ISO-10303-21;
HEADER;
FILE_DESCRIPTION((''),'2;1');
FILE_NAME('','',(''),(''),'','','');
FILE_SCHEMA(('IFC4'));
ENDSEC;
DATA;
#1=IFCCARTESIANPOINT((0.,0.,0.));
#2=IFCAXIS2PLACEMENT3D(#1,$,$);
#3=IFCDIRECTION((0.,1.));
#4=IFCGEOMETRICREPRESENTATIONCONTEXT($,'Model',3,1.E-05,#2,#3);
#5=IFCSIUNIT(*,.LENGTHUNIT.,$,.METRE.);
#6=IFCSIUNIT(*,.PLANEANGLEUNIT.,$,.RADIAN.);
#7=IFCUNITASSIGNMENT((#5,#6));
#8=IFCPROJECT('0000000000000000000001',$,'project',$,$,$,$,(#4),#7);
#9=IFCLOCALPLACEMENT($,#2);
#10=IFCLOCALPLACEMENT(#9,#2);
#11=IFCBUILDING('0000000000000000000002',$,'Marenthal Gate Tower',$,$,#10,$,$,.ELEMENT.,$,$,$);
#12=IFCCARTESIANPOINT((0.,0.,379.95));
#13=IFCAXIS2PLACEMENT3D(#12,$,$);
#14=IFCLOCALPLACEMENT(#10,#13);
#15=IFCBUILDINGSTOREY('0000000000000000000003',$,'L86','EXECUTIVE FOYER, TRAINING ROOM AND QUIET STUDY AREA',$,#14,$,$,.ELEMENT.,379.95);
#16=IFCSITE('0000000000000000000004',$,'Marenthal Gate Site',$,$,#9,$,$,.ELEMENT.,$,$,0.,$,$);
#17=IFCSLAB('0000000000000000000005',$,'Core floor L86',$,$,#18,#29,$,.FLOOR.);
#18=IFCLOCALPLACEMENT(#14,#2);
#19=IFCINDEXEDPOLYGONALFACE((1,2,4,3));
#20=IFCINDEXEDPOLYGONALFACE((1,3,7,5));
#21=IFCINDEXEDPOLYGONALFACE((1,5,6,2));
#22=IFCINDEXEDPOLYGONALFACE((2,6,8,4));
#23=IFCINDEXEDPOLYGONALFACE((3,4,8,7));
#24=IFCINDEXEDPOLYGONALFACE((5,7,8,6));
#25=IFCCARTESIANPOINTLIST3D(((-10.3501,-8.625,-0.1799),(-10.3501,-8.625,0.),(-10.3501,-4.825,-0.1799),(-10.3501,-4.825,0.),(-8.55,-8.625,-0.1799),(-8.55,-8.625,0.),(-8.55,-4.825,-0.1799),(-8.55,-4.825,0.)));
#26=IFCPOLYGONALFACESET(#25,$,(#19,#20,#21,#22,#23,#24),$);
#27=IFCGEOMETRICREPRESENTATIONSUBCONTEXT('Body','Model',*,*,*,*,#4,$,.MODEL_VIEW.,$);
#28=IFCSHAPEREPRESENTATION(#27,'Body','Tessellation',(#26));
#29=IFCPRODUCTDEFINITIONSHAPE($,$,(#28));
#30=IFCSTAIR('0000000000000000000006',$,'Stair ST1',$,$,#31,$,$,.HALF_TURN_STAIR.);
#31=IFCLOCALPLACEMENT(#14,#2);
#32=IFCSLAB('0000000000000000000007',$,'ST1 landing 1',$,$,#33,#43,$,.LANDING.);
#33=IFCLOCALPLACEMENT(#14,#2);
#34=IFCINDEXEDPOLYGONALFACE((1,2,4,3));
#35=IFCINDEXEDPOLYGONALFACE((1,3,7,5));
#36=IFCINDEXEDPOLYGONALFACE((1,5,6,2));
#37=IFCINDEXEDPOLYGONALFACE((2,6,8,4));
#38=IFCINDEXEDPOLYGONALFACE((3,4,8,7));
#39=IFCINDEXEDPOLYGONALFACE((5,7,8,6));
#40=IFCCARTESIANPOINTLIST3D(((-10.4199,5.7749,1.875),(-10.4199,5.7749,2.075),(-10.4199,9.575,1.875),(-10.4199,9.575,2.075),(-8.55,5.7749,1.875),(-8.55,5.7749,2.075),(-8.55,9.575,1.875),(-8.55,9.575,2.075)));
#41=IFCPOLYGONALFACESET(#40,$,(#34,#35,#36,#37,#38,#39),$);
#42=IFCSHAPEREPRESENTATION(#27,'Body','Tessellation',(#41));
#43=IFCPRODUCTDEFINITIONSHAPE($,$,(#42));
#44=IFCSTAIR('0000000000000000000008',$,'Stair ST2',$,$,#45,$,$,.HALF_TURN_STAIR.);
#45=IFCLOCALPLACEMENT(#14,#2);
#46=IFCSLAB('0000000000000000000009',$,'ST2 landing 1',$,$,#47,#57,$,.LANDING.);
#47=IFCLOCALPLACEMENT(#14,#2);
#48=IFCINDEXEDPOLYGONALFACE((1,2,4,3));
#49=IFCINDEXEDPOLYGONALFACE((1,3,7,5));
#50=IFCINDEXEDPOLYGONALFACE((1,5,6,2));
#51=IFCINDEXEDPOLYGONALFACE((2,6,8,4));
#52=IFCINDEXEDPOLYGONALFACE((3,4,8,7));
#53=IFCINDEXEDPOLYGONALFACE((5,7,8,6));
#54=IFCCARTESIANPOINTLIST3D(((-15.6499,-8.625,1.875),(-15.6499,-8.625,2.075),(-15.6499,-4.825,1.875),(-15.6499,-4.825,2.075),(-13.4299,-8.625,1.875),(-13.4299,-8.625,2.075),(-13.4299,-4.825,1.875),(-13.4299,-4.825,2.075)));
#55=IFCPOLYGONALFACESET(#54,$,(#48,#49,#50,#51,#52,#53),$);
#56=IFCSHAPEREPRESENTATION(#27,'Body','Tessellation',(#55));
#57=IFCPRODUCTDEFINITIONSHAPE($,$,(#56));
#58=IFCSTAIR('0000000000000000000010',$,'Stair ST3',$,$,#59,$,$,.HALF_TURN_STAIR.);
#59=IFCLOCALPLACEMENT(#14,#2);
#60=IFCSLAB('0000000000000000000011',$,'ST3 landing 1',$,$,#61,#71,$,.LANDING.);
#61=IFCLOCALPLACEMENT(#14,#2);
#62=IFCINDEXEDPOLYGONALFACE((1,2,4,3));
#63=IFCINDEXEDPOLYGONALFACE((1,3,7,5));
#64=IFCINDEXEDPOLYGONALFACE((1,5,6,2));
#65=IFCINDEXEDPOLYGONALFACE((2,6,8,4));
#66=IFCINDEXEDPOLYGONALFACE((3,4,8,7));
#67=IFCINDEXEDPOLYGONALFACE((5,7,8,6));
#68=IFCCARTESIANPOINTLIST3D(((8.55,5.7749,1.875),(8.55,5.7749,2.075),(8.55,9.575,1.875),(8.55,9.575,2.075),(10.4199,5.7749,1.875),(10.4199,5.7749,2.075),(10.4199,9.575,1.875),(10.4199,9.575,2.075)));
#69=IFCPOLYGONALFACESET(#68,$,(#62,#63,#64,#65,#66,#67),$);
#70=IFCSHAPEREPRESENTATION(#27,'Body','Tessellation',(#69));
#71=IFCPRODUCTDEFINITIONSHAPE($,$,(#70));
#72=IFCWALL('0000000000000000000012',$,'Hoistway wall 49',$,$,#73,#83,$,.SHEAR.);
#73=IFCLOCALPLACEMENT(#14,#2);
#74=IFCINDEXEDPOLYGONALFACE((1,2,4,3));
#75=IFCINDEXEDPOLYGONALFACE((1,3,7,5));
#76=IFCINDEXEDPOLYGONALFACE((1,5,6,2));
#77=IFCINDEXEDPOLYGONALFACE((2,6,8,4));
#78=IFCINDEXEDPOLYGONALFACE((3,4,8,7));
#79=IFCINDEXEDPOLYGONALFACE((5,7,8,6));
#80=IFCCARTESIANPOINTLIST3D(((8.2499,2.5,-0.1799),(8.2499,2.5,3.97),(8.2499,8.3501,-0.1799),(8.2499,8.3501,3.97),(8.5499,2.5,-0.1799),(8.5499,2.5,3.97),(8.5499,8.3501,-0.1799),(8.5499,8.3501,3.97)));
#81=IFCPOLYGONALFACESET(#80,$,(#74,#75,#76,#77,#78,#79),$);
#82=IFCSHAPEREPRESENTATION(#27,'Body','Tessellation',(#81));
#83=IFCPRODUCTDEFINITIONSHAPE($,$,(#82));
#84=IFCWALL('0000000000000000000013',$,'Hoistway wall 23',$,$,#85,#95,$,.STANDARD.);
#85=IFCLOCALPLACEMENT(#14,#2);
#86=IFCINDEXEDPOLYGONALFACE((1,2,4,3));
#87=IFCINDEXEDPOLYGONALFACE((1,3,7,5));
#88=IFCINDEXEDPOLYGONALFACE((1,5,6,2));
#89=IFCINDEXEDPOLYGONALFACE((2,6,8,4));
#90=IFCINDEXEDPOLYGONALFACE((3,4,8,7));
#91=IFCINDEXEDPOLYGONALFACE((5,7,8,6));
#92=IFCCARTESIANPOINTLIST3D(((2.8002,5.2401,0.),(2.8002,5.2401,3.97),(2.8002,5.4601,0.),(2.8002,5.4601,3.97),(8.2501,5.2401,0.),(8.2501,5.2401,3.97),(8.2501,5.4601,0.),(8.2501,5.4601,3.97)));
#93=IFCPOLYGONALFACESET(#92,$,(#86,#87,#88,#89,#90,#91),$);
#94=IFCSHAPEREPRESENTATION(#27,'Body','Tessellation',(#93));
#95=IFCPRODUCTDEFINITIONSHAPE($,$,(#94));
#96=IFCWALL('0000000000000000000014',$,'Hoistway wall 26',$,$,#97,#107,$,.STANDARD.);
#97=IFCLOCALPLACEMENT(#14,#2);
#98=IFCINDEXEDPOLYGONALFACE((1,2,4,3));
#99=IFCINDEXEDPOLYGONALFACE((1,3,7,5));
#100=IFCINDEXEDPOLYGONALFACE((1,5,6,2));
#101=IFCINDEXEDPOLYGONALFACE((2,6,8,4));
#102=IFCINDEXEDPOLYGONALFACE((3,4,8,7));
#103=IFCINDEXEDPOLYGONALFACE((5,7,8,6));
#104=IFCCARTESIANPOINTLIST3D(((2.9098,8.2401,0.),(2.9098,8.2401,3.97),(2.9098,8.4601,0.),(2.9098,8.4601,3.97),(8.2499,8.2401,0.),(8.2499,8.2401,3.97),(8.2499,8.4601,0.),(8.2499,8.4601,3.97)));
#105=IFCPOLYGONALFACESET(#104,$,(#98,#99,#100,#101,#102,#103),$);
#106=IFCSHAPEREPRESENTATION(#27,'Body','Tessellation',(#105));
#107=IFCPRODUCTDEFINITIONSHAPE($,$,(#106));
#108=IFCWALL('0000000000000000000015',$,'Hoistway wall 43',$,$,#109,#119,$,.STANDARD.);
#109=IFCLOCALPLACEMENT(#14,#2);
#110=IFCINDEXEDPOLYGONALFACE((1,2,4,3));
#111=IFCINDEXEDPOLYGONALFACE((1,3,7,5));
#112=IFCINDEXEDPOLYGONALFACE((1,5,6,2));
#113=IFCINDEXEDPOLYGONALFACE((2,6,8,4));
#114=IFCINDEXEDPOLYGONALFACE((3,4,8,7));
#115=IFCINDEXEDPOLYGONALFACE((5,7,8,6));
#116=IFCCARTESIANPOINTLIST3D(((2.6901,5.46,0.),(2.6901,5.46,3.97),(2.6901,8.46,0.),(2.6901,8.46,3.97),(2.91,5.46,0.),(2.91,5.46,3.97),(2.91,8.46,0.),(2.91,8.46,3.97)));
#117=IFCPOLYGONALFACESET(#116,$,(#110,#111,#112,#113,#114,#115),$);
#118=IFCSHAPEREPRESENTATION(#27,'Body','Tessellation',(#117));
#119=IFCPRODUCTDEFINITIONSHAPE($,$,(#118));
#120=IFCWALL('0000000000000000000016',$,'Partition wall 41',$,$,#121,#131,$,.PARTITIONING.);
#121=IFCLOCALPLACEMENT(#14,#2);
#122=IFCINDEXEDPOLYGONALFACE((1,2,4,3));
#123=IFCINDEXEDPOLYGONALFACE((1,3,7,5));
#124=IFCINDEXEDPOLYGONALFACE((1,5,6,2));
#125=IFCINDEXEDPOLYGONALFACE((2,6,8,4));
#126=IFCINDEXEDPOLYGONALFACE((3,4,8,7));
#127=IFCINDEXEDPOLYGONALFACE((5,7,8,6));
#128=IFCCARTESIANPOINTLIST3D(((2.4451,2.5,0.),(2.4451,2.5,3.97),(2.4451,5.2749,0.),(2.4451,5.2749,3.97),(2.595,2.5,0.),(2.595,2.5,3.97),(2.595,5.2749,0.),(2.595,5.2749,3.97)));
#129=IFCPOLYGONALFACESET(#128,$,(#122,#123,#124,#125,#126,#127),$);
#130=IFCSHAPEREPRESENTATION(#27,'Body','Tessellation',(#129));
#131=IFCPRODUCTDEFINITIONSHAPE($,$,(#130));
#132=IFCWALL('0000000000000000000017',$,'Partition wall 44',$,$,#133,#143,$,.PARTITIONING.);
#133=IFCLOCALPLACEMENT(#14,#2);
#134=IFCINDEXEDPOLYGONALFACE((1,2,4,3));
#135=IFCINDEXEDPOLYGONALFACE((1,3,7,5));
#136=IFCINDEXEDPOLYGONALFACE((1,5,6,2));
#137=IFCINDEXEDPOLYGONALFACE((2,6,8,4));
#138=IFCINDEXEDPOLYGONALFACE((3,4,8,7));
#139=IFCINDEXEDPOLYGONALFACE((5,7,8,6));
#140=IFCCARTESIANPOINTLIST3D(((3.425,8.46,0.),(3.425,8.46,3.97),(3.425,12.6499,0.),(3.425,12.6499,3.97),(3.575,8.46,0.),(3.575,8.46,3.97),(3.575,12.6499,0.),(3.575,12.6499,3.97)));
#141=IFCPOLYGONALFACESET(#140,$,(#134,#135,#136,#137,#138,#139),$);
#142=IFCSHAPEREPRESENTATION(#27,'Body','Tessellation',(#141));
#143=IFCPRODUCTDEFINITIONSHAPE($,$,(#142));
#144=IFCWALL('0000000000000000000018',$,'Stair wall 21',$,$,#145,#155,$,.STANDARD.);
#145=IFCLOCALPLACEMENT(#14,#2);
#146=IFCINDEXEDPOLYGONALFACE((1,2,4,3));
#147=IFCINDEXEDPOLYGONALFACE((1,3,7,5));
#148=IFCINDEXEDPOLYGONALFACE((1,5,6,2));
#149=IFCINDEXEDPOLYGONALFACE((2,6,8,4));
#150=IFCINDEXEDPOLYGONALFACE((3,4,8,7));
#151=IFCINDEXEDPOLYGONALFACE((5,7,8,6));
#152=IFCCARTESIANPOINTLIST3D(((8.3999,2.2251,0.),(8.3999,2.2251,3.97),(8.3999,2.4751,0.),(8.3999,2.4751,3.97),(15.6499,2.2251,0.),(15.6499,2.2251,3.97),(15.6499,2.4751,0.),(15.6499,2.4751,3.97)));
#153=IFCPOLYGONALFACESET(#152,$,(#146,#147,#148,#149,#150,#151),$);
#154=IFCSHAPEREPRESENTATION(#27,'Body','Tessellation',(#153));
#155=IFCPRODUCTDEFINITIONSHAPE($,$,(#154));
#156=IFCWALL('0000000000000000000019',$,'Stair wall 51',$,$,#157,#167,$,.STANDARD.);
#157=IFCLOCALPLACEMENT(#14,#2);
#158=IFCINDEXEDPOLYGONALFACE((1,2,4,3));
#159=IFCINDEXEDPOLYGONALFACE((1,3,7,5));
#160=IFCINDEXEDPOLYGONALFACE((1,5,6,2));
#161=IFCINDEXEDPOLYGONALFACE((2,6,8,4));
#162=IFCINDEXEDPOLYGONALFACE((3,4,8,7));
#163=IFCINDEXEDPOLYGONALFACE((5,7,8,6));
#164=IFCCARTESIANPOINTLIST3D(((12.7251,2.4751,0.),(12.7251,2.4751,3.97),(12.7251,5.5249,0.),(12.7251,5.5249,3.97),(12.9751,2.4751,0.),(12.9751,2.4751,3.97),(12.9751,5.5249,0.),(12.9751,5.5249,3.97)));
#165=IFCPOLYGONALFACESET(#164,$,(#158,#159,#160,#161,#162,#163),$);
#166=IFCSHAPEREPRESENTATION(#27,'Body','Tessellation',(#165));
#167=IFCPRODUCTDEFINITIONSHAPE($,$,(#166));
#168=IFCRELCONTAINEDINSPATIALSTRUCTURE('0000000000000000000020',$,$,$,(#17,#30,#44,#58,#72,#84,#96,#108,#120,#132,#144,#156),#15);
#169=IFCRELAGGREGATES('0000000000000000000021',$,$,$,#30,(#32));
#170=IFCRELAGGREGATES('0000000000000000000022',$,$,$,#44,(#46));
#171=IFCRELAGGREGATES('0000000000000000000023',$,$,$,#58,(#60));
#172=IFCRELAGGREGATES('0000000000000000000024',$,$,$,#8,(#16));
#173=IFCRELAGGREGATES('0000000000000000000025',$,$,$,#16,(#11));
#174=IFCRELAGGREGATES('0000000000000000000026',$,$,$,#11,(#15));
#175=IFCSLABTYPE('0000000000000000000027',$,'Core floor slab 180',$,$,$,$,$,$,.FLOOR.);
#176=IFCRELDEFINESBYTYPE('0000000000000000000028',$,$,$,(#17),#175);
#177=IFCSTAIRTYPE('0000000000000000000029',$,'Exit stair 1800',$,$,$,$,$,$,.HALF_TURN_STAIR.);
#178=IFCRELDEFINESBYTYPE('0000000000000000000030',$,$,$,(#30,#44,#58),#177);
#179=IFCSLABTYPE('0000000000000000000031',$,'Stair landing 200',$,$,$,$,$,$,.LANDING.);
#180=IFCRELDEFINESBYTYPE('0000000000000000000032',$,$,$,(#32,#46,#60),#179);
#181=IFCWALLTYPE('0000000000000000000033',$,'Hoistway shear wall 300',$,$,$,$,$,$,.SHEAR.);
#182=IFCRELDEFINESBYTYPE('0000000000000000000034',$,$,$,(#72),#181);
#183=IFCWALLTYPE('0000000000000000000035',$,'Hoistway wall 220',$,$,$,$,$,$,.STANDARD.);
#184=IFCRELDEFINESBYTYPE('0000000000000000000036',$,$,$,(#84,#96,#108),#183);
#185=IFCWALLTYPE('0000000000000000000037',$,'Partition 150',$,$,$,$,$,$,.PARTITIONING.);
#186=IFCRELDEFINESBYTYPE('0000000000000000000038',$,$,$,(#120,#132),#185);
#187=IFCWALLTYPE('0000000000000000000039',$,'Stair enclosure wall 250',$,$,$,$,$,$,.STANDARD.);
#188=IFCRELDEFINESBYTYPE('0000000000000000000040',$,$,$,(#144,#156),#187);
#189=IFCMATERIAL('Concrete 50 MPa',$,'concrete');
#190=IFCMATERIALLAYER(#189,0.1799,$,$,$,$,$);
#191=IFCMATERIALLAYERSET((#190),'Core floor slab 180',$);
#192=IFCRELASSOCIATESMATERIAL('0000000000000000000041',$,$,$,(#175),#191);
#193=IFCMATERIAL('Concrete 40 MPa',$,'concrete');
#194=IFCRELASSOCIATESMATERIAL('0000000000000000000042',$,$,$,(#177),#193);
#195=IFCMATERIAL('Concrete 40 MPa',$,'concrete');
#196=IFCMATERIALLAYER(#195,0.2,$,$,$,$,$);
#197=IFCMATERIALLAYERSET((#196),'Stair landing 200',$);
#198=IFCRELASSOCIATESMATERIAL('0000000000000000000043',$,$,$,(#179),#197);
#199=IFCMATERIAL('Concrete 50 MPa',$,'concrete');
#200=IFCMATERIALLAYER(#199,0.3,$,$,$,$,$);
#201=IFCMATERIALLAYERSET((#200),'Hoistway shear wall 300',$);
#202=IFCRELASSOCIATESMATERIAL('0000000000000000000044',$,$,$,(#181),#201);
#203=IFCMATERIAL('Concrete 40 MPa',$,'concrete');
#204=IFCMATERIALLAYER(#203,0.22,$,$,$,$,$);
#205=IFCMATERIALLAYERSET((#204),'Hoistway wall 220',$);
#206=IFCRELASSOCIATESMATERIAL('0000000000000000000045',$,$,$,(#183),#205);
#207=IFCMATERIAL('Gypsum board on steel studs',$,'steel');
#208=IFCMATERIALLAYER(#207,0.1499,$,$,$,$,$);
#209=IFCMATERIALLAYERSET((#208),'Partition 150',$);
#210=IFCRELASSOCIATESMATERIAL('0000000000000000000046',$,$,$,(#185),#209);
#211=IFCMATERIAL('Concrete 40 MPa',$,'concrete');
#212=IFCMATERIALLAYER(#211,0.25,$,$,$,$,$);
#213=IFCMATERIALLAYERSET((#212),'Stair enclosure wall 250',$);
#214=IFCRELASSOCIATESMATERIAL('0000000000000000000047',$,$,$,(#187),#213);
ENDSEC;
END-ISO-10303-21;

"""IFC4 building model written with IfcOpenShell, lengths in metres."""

from ifc_helpers import new_model, si_unit, direction, frame, frame_2d, origin, place, context, subcontext, project, spatial, polyline, rectangle, outline, extrude, material, layer, layer_set, type_object, element, aggregate, save


model = new_model("IFC4")

# Units and contexts
model_context = context("Model", 3, precision=1e-05, world=origin(), true_north=direction((0.0, 1.0)))
body_context = subcontext(model_context, "Body", "Model", "MODEL_VIEW")
ifc_project = project(units=[si_unit("LENGTHUNIT", "METRE"), si_unit("PLANEANGLEUNIT", "RADIAN")], contexts=[model_context])

# Site, building, storey
site_placement = place(None, origin())
site = spatial("IfcSite", under=ifc_project, at=site_placement, Name="Marenthal Gate Site", CompositionType="ELEMENT", RefElevation=0.0)
building_placement = place(site_placement, origin())
building = spatial("IfcBuilding", under=site, at=building_placement, Name="Marenthal Gate Tower", CompositionType="ELEMENT")
storey_placement = place(building_placement, frame((0.0, 0.0, 379.95)))
storey = spatial("IfcBuildingStorey", under=building, at=storey_placement, Name="L86", Description="EXECUTIVE FOYER, TRAINING ROOM AND QUIET STUDY AREA", CompositionType="ELEMENT", Elevation=379.95)

# Slab
ifc_material_1 = material(Name="Concrete 50 MPa", Category="concrete")
ifc_layer_1 = layer(ifc_material_1, 0.1799)
ifc_layer_set_1 = layer_set([ifc_layer_1], Name="Core floor slab 180")
slab_type_1 = type_object("IfcSlabType", Name="Core floor slab 180", PredefinedType="FLOOR", material=ifc_layer_set_1)
slab_1_placement = place(storey_placement, frame((0.0, 0.0, -0.1799)))
element("IfcSlab", 1, at=slab_1_placement, inside=storey, type_object=slab_type_1, Name="Core floor L86", PredefinedType="FLOOR", context=body_context, shape_type="SweptSolid", body=[
    extrude(outline(polyline([(-8.55, -4.825), (-8.55, -8.625), (-10.3501, -8.625), (-10.3501, -4.825), (-8.55, -4.825)])), origin(), (0.0, 0.0, 1.0), 0.1799),
])

# Stairs, slabs
ifc_material_2 = material(Name="Concrete 40 MPa", Category="concrete")
stair_type = type_object("IfcStairType", Name="Exit stair 1800", PredefinedType="HALF_TURN_STAIR", material=ifc_material_2)
stair_1_placement = place(storey_placement, origin())
stair_1 = element("IfcStair", 2, at=stair_1_placement, inside=storey, type_object=stair_type, Name="Stair ST1", PredefinedType="HALF_TURN_STAIR")
ifc_material_3 = material(Name="Concrete 40 MPa", Category="concrete")
ifc_layer_2 = layer(ifc_material_3, 0.2)
ifc_layer_set_2 = layer_set([ifc_layer_2], Name="Stair landing 200")
slab_type_2 = type_object("IfcSlabType", Name="Stair landing 200", PredefinedType="LANDING", material=ifc_layer_set_2)
slab_2_placement = place(storey_placement, frame((0.0, 0.0, 1.875)))
slab_2 = element("IfcSlab", 3, at=slab_2_placement, type_object=slab_type_2, Name="ST1 landing 1", PredefinedType="LANDING", context=body_context, shape_type="SweptSolid", body=[
    extrude(outline(polyline([(-10.4199, 5.7749), (-8.55, 5.7749), (-8.55, 9.575), (-10.4199, 9.575), (-10.4199, 5.7749)])), origin(), (0.0, 0.0, 1.0), 0.2),
])
aggregate(stair_1, [slab_2])
stair_2_placement = place(storey_placement, origin())
stair_2 = element("IfcStair", 4, at=stair_2_placement, inside=storey, type_object=stair_type, Name="Stair ST2", PredefinedType="HALF_TURN_STAIR")
slab_3_placement = place(storey_placement, frame((0.0, 0.0, 1.875)))
slab_3 = element("IfcSlab", 5, at=slab_3_placement, type_object=slab_type_2, Name="ST2 landing 1", PredefinedType="LANDING", context=body_context, shape_type="SweptSolid", body=[
    extrude(outline(polyline([(-15.6499, -8.625), (-13.4299, -8.625), (-13.4299, -4.825), (-15.6499, -4.825), (-15.6499, -8.625)])), origin(), (0.0, 0.0, 1.0), 0.2),
])
aggregate(stair_2, [slab_3])
stair_3_placement = place(storey_placement, origin())
stair_3 = element("IfcStair", 6, at=stair_3_placement, inside=storey, type_object=stair_type, Name="Stair ST3", PredefinedType="HALF_TURN_STAIR")
slab_4_placement = place(storey_placement, frame((0.0, 0.0, 1.875)))
slab_4 = element("IfcSlab", 7, at=slab_4_placement, type_object=slab_type_2, Name="ST3 landing 1", PredefinedType="LANDING", context=body_context, shape_type="SweptSolid", body=[
    extrude(outline(polyline([(8.55, 5.7749), (10.4199, 5.7749), (10.4199, 9.575), (8.55, 9.575), (8.55, 5.7749)])), origin(), (0.0, 0.0, 1.0), 0.2),
])

# Walls
ifc_material_4 = material(Name="Concrete 50 MPa", Category="concrete")
ifc_layer_3 = layer(ifc_material_4, 0.3)
ifc_layer_set_3 = layer_set([ifc_layer_3], Name="Hoistway shear wall 300")
wall_type_1 = type_object("IfcWallType", Name="Hoistway shear wall 300", PredefinedType="SHEAR", material=ifc_layer_set_3)
wall_1_placement = place(storey_placement, frame((8.3999, 2.5, -0.1799), z_axis=(0.0, 0.0, 1.0), x_axis=(0.0, 1.0, 0.0)))
element("IfcWall", 8, at=wall_1_placement, inside=storey, type_object=wall_type_1, Name="Hoistway wall 49", PredefinedType="SHEAR", context=body_context, shape_type="SweptSolid", body=[
    extrude(rectangle(XDim=5.8501, YDim=0.3, at=frame_2d((2.925, 0.0))), origin(), (0.0, 0.0, 1.0), 4.1499),
])
ifc_material_5 = material(Name="Concrete 40 MPa", Category="concrete")
ifc_layer_4 = layer(ifc_material_5, 0.22)
ifc_layer_set_4 = layer_set([ifc_layer_4], Name="Hoistway wall 220")
wall_type_2 = type_object("IfcWallType", Name="Hoistway wall 220", PredefinedType="STANDARD", material=ifc_layer_set_4)
wall_2_placement = place(storey_placement, frame((2.8, 5.3501, 0.0), z_axis=(0.0, 0.0, 1.0), x_axis=(1.0, 0.0, 0.0)))
element("IfcWall", 9, at=wall_2_placement, inside=storey, type_object=wall_type_2, Name="Hoistway wall 23", PredefinedType="STANDARD", context=body_context, shape_type="SweptSolid", body=[
    extrude(rectangle(XDim=5.45, YDim=0.22, at=frame_2d((2.7251, 0.0))), origin(), (0.0, 0.0, 1.0), 3.97),
])
wall_3_placement = place(storey_placement, frame((2.9099, 8.3501, 0.0), z_axis=(0.0, 0.0, 1.0), x_axis=(1.0, 0.0, 0.0)))
element("IfcWall", 10, at=wall_3_placement, inside=storey, type_object=wall_type_2, Name="Hoistway wall 26", PredefinedType="STANDARD", context=body_context, shape_type="SweptSolid", body=[
    extrude(rectangle(XDim=5.3401, YDim=0.22, at=frame_2d((2.6699, 0.0))), origin(), (0.0, 0.0, 1.0), 3.97),
])
wall_4_placement = place(storey_placement, frame((2.8, 5.46, 0.0), z_axis=(0.0, 0.0, 1.0), x_axis=(0.0, 1.0, 0.0)))
element("IfcWall", 11, at=wall_4_placement, inside=storey, type_object=wall_type_2, Name="Hoistway wall 43", PredefinedType="STANDARD", context=body_context, shape_type="SweptSolid", body=[
    extrude(rectangle(XDim=3.0, YDim=0.22, at=frame_2d((1.5, 0.0))), origin(), (0.0, 0.0, 1.0), 3.97),
])
ifc_material_6 = material(Name="Gypsum board on steel studs", Category="steel")
ifc_layer_5 = layer(ifc_material_6, 0.1499)
ifc_layer_set_5 = layer_set([ifc_layer_5], Name="Partition 150")
wall_type_3 = type_object("IfcWallType", Name="Partition 150", PredefinedType="PARTITIONING", material=ifc_layer_set_5)
wall_5_placement = place(storey_placement, frame((2.52, 2.5, 0.0), z_axis=(0.0, 0.0, 1.0), x_axis=(0.0, 1.0, 0.0)))
element("IfcWall", 12, at=wall_5_placement, inside=storey, type_object=wall_type_3, Name="Partition wall 41", PredefinedType="PARTITIONING", context=body_context, shape_type="SweptSolid", body=[
    extrude(rectangle(XDim=2.7749, YDim=0.1499, at=frame_2d((1.3875, 0.0))), origin(), (0.0, 0.0, 1.0), 3.97),
])
wall_6_placement = place(storey_placement, frame((3.5, 8.46, 0.0), z_axis=(0.0, 0.0, 1.0), x_axis=(0.0, 1.0, 0.0)))
element("IfcWall", 13, at=wall_6_placement, inside=storey, type_object=wall_type_3, Name="Partition wall 44", PredefinedType="PARTITIONING", context=body_context, shape_type="SweptSolid", body=[
    extrude(rectangle(XDim=4.1899, YDim=0.1499, at=frame_2d((2.095, 0.0))), origin(), (0.0, 0.0, 1.0), 3.97),
])
ifc_material_7 = material(Name="Concrete 40 MPa", Category="concrete")
ifc_layer_6 = layer(ifc_material_7, 0.25)
ifc_layer_set_6 = layer_set([ifc_layer_6], Name="Stair enclosure wall 250")
wall_type_4 = type_object("IfcWallType", Name="Stair enclosure wall 250", PredefinedType="STANDARD", material=ifc_layer_set_6)
wall_7_placement = place(storey_placement, frame((8.3999, 2.3501, 0.0), z_axis=(0.0, 0.0, 1.0), x_axis=(1.0, 0.0, 0.0)))
element("IfcWall", 14, at=wall_7_placement, inside=storey, type_object=wall_type_4, Name="Stair wall 21", PredefinedType="STANDARD", context=body_context, shape_type="SweptSolid", body=[
    extrude(rectangle(XDim=7.25, YDim=0.25, at=frame_2d((3.625, 0.0))), origin(), (0.0, 0.0, 1.0), 3.97),
])
wall_8_placement = place(storey_placement, frame((12.8501, 2.4751, 0.0), z_axis=(0.0, 0.0, 1.0), x_axis=(0.0, 1.0, 0.0)))
element("IfcWall", 15, at=wall_8_placement, inside=storey, type_object=wall_type_4, Name="Stair wall 51", PredefinedType="STANDARD", context=body_context, shape_type="SweptSolid", body=[
    extrude(rectangle(XDim=3.0498, YDim=0.25, at=frame_2d((1.5249, 0.0))), origin(), (0.0, 0.0, 1.0), 3.97),
])

aggregate(stair_3, [slab_4])

save(model, "model.ifc")
